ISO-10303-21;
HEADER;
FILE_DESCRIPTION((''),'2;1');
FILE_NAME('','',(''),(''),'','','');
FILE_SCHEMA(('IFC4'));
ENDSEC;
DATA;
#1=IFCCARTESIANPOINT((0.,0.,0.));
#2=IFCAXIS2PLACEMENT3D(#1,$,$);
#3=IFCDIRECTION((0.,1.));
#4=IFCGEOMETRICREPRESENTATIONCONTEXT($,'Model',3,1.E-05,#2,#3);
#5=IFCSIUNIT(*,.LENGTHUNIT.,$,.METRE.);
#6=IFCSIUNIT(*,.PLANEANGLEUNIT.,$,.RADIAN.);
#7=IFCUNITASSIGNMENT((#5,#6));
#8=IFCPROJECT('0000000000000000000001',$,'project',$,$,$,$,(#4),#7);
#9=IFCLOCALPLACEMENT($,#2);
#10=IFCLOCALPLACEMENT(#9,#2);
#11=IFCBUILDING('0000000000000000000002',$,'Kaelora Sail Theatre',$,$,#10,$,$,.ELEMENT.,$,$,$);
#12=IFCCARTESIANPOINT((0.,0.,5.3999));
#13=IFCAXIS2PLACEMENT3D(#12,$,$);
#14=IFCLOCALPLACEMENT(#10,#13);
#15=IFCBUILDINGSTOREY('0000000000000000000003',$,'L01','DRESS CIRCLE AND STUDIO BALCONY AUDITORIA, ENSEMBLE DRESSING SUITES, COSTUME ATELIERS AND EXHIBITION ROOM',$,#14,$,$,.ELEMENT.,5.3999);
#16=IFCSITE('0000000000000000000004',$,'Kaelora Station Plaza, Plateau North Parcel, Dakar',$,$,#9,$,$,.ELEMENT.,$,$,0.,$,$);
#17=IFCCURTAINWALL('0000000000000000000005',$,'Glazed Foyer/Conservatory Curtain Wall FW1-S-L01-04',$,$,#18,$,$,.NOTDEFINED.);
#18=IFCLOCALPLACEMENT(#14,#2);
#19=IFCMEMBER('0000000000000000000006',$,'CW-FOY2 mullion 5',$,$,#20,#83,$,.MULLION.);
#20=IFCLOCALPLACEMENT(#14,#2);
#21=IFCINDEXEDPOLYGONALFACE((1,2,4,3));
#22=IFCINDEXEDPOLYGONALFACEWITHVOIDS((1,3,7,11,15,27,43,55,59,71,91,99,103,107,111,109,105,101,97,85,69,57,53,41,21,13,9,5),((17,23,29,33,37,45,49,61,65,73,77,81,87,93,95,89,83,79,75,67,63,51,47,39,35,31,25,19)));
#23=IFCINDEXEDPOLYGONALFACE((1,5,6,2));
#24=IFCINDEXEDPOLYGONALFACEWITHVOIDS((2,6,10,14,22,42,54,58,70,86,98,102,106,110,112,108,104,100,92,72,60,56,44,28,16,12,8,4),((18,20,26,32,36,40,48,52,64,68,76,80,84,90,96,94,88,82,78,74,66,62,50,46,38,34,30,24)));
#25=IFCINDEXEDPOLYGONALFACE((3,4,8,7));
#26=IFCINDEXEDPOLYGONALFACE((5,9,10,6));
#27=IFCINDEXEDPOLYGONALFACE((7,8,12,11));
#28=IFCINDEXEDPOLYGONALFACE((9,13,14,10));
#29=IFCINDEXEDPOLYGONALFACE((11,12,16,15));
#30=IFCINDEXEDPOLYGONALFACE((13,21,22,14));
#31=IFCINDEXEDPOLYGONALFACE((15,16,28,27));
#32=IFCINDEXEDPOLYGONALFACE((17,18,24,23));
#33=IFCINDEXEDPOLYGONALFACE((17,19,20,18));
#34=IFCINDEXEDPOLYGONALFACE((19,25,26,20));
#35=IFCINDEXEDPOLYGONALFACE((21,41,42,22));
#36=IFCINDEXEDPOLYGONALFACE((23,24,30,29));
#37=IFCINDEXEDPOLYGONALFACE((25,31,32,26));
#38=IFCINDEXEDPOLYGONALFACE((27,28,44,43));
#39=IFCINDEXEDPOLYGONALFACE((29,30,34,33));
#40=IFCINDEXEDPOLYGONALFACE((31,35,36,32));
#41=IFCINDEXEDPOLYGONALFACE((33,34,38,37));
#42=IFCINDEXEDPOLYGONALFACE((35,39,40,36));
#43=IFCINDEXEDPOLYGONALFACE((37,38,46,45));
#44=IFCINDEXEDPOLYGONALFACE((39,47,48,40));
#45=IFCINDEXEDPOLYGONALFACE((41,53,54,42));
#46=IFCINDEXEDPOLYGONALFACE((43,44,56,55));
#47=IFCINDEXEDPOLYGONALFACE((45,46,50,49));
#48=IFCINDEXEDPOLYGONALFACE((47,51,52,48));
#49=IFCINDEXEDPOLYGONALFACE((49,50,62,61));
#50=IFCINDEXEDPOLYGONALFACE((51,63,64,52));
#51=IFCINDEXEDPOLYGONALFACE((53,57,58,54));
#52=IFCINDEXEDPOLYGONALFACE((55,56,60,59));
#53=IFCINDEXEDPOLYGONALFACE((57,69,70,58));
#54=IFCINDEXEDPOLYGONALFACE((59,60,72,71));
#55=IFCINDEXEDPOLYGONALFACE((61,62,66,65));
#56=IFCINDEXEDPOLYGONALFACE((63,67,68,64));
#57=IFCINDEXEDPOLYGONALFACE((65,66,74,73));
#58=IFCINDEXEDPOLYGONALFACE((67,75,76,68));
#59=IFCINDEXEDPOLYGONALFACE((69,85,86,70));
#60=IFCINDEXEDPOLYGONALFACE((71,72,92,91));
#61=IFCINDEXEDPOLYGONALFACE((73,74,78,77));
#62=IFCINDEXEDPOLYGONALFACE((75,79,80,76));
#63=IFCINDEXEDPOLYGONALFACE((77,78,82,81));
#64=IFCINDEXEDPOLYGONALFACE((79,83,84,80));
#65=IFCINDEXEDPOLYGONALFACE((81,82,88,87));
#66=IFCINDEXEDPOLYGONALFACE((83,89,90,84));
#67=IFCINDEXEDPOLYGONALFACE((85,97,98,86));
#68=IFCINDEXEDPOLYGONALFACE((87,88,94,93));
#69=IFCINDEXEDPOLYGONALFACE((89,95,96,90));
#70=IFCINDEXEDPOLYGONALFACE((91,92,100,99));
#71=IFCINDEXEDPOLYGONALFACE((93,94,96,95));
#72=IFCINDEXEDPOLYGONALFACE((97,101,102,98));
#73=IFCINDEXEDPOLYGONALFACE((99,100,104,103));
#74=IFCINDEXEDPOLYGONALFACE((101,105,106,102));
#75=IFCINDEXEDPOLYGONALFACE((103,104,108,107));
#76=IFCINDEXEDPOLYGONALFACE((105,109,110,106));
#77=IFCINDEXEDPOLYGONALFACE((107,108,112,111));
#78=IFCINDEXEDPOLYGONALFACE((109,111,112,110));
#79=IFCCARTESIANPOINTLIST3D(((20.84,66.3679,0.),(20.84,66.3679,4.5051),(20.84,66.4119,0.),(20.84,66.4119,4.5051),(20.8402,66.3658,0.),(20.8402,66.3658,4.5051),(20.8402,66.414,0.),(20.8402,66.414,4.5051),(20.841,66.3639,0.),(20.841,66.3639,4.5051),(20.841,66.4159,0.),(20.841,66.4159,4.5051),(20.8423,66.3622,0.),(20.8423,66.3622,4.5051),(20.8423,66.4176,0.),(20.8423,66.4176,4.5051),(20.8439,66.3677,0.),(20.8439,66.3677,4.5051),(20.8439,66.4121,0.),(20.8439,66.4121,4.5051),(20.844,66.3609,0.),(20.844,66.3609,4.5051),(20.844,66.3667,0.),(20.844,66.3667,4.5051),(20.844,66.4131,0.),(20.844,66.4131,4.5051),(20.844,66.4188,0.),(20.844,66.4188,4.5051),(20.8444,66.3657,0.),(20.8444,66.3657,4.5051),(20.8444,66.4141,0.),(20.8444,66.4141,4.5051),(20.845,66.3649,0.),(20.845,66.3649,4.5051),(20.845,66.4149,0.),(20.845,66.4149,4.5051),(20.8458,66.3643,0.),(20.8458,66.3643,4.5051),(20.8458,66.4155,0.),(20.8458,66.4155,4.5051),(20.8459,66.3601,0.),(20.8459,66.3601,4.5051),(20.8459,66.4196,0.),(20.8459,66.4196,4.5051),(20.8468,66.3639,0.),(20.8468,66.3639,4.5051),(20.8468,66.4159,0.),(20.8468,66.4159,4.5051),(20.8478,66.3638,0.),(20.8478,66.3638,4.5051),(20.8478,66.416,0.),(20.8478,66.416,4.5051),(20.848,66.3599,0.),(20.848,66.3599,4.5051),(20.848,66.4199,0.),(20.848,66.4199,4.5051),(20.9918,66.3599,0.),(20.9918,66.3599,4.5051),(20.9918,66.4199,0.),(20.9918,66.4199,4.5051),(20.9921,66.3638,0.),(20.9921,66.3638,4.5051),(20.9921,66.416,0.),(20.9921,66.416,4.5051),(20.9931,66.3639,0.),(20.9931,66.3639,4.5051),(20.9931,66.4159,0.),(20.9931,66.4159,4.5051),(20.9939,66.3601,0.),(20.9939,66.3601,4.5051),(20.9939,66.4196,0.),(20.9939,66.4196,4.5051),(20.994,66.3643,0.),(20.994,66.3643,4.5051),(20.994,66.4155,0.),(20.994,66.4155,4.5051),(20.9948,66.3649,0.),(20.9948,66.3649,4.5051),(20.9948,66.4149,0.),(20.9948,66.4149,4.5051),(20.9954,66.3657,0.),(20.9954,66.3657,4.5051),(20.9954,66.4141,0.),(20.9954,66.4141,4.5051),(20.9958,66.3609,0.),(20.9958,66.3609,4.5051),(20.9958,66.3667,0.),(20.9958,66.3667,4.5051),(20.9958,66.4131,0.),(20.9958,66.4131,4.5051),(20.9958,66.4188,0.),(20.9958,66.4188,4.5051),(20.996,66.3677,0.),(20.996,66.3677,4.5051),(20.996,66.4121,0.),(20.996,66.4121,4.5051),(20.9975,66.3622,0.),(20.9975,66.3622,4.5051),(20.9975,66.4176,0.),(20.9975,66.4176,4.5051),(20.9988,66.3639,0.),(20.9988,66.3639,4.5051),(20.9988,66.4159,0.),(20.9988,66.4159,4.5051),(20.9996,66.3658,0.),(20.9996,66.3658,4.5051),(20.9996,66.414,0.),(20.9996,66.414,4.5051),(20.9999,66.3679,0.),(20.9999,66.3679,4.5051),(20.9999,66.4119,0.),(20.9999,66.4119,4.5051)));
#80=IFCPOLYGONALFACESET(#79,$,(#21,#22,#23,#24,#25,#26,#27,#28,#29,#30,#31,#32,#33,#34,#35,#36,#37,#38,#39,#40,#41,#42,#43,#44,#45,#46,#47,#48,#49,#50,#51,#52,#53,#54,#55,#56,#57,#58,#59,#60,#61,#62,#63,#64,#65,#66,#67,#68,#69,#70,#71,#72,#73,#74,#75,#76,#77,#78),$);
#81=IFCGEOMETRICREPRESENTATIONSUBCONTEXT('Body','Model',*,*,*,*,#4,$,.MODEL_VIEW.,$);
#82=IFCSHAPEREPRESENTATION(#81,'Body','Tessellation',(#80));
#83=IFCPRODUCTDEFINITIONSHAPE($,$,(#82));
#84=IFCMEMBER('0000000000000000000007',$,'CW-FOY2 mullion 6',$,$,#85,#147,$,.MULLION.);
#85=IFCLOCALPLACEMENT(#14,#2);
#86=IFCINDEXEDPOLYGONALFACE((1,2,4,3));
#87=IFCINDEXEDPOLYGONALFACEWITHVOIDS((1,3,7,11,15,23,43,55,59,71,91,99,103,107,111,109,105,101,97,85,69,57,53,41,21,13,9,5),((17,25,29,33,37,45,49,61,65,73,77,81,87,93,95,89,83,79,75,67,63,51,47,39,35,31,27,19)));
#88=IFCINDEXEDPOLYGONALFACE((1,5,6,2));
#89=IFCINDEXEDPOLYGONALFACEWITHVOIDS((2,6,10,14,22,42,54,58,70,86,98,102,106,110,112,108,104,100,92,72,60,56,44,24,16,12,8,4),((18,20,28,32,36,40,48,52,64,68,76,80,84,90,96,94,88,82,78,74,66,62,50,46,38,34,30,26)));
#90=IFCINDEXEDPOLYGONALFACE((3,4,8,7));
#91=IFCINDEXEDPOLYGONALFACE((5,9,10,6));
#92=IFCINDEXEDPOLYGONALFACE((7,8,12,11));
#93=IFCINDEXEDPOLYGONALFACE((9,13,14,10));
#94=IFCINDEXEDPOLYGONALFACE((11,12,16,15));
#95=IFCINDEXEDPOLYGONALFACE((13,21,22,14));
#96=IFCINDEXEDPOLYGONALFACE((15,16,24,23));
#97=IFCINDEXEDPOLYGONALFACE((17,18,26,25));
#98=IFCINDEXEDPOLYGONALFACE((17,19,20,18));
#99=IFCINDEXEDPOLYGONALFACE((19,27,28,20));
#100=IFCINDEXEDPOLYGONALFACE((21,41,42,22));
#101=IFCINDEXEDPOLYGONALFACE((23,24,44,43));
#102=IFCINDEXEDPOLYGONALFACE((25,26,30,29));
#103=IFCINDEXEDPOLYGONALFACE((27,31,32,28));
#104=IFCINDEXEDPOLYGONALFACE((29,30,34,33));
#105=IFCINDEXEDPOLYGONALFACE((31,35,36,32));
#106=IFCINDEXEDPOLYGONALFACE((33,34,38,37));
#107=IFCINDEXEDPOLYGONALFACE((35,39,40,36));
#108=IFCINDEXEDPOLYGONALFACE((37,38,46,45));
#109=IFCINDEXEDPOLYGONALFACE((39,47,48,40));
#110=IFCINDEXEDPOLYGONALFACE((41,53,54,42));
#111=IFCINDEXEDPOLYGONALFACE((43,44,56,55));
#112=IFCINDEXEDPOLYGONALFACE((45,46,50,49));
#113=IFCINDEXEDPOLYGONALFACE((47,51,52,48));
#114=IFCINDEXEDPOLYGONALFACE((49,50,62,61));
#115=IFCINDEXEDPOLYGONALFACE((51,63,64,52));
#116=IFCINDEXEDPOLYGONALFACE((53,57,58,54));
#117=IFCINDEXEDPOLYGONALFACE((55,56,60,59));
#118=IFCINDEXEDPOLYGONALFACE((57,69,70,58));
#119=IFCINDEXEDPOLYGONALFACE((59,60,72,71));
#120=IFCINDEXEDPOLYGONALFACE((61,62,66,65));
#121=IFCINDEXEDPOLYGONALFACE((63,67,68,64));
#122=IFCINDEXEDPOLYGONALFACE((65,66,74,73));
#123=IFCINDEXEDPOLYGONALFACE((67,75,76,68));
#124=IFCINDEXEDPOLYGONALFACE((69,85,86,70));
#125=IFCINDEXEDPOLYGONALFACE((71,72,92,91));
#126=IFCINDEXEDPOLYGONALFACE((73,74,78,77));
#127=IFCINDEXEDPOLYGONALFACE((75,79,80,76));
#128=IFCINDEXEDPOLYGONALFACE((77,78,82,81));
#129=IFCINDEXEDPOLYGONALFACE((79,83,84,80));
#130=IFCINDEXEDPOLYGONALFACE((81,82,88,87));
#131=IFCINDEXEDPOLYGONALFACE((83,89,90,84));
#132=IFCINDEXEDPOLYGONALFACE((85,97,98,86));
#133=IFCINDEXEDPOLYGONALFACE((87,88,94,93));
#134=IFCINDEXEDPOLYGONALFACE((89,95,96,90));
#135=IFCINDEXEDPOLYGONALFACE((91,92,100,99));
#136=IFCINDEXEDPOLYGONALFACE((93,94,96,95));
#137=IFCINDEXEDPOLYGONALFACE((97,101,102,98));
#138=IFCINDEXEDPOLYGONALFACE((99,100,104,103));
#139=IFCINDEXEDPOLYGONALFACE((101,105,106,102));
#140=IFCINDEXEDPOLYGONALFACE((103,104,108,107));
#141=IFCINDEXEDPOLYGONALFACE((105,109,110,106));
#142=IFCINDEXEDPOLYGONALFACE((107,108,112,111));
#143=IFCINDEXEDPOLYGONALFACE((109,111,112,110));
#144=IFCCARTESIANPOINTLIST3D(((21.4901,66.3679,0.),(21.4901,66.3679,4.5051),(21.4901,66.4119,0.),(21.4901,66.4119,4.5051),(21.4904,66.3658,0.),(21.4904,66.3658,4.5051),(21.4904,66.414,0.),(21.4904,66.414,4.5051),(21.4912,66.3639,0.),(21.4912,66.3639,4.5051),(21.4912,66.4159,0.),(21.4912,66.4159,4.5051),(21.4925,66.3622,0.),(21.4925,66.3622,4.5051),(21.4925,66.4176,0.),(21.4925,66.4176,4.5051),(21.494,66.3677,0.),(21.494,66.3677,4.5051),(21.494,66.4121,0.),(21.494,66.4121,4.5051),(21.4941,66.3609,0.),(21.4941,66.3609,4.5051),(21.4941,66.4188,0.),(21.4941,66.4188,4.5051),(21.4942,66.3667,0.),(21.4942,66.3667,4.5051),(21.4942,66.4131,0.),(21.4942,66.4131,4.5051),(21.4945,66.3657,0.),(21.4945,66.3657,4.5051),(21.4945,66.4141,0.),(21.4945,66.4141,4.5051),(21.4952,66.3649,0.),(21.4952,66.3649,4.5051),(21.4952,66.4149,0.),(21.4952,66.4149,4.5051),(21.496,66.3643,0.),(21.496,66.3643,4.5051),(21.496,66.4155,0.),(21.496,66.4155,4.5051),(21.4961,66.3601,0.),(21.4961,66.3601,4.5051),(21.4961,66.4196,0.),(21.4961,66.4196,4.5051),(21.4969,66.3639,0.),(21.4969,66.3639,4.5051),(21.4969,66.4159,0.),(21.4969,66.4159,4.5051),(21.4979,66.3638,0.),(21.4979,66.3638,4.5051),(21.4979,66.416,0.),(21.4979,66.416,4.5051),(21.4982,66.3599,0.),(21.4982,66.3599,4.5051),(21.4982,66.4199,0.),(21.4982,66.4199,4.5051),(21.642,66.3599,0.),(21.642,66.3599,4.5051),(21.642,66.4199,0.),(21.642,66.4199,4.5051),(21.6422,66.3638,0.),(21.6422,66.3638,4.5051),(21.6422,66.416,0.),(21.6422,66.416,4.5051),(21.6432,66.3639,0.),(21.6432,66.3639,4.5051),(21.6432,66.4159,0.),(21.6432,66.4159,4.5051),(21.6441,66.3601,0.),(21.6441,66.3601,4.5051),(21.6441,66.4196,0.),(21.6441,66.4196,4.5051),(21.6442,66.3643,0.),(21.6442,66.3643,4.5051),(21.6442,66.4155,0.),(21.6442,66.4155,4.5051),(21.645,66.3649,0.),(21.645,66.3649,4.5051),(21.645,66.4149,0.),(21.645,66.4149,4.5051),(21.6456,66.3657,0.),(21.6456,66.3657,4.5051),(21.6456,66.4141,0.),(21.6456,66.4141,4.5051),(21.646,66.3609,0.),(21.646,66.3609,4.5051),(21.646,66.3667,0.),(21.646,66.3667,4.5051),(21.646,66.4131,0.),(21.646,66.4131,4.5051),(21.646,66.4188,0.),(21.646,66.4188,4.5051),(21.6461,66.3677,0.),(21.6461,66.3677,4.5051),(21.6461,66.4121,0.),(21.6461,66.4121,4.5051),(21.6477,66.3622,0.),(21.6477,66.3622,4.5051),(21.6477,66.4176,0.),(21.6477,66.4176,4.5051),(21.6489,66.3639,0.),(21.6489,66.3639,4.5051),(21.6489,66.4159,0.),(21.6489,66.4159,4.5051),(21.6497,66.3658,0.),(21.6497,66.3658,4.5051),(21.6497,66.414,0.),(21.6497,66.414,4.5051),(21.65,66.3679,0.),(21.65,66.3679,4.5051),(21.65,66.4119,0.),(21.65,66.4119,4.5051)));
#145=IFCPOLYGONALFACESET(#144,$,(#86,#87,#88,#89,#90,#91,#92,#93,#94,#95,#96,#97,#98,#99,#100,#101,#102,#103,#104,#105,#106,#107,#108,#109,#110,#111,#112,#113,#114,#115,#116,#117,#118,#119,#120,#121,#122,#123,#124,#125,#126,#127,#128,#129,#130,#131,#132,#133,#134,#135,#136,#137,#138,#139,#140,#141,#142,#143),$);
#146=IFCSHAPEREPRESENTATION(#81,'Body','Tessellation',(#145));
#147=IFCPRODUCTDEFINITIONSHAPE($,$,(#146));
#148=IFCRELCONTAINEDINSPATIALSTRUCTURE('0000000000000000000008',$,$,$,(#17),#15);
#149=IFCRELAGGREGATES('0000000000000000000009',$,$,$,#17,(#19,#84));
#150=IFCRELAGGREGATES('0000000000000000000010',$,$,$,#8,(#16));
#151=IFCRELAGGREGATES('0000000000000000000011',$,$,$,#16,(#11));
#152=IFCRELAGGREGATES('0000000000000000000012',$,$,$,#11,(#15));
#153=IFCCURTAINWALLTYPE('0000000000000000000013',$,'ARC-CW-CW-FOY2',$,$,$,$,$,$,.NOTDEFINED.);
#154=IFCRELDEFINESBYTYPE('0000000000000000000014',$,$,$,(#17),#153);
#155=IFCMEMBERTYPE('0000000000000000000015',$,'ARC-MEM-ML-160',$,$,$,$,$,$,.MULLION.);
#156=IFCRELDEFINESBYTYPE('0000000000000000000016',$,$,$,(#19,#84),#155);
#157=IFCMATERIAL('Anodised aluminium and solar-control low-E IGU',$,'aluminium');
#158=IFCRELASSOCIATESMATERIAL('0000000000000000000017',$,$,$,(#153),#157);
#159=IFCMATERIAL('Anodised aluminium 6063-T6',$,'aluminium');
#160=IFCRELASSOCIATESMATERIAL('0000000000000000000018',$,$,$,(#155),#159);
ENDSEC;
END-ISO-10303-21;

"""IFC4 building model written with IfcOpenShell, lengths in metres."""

from ifc_helpers import new_model, si_unit, direction, frame, origin, origin_2d, place, context, subcontext, project, spatial, hollow_rectangle, extrude, material, material_profile, profile_set, type_object, element, aggregate, save


model = new_model("IFC4")

# Units and contexts
model_context = context("Model", 3, precision=1e-05, world=origin(), true_north=direction((0.0, 1.0)))
body_context = subcontext(model_context, "Body", "Model", "MODEL_VIEW")
ifc_project = project(units=[si_unit("LENGTHUNIT", "METRE"), si_unit("PLANEANGLEUNIT", "RADIAN")], contexts=[model_context])

# Site, building, storey
site_placement = place(None, origin())
site = spatial("IfcSite", under=ifc_project, at=site_placement, Name="Kaelora Station Plaza, Plateau North Parcel, Dakar", CompositionType="ELEMENT", RefElevation=0.0)
building_placement = place(site_placement, origin())
building = spatial("IfcBuilding", under=site, at=building_placement, Name="Kaelora Sail Theatre", CompositionType="ELEMENT")
storey_placement = place(building_placement, frame((0.0, 0.0, 5.3999)))
storey = spatial("IfcBuildingStorey", under=building, at=storey_placement, Name="L01", Description="DRESS CIRCLE AND STUDIO BALCONY AUDITORIA, ENSEMBLE DRESSING SUITES, COSTUME ATELIERS AND EXHIBITION ROOM", CompositionType="ELEMENT", Elevation=5.3999)

# Curtain wall, members
ifc_material_1 = material(Name="Anodised aluminium and solar-control low-E IGU", Category="aluminium")
curtain_wall_type = type_object("IfcCurtainWallType", Name="ARC-CW-CW-FOY2", PredefinedType="NOTDEFINED", material=ifc_material_1)
curtain_wall_1_placement = place(storey_placement, origin())
curtain_wall_1 = element("IfcCurtainWall", 1, at=curtain_wall_1_placement, inside=storey, type_object=curtain_wall_type, Name="Glazed Foyer/Conservatory Curtain Wall FW1-S-L01-04", PredefinedType="NOTDEFINED")
ifc_material_2 = material(Name="Anodised aluminium 6063-T6", Category="aluminium")
ifc_material_profile_1 = material_profile(ifc_material_2, hollow_rectangle(XDim=0.0601, YDim=0.1599, WallThickness=0.0039, InnerFilletRadius=0.0039, OuterFilletRadius=0.0081, at=origin_2d()), Name="ALU-MULL 60x160x4")
ifc_profile_set_1 = profile_set([ifc_material_profile_1], Name="Anodised aluminium 6063-T6")
member_type_1 = type_object("IfcMemberType", Name="ARC-MEM-ML-160", PredefinedType="MULLION", material=ifc_profile_set_1)
member_1_placement = place(storey_placement, frame((20.9199, 66.3899, 0.0), z_axis=(0.0, 0.0, 1.0), x_axis=(0.0, 1.0, 0.0)))
member_1 = element("IfcMember", 2, at=member_1_placement, type_object=member_type_1, Name="CW-FOY2 mullion 5", PredefinedType="MULLION", context=body_context, shape_type="SweptSolid", body=[
    extrude(hollow_rectangle(XDim=0.0601, YDim=0.1599, WallThickness=0.0039, InnerFilletRadius=0.0039, OuterFilletRadius=0.0081, at=origin_2d()), origin(), (0.0, 0.0, 1.0), 4.5051),
])
member_2_placement = place(storey_placement, frame((21.5701, 66.3899, 0.0), z_axis=(0.0, 0.0, 1.0), x_axis=(0.0, 1.0, 0.0)))
member_2 = element("IfcMember", 3, at=member_2_placement, type_object=member_type_1, Name="CW-FOY2 mullion 6", PredefinedType="MULLION", context=body_context, shape_type="SweptSolid", body=[
    extrude(hollow_rectangle(XDim=0.0601, YDim=0.1599, WallThickness=0.0039, InnerFilletRadius=0.0039, OuterFilletRadius=0.0081, at=origin_2d()), origin(), (0.0, 0.0, 1.0), 4.5051),
])

aggregate(curtain_wall_1, [member_1, member_2])

save(model, "model.ifc")
